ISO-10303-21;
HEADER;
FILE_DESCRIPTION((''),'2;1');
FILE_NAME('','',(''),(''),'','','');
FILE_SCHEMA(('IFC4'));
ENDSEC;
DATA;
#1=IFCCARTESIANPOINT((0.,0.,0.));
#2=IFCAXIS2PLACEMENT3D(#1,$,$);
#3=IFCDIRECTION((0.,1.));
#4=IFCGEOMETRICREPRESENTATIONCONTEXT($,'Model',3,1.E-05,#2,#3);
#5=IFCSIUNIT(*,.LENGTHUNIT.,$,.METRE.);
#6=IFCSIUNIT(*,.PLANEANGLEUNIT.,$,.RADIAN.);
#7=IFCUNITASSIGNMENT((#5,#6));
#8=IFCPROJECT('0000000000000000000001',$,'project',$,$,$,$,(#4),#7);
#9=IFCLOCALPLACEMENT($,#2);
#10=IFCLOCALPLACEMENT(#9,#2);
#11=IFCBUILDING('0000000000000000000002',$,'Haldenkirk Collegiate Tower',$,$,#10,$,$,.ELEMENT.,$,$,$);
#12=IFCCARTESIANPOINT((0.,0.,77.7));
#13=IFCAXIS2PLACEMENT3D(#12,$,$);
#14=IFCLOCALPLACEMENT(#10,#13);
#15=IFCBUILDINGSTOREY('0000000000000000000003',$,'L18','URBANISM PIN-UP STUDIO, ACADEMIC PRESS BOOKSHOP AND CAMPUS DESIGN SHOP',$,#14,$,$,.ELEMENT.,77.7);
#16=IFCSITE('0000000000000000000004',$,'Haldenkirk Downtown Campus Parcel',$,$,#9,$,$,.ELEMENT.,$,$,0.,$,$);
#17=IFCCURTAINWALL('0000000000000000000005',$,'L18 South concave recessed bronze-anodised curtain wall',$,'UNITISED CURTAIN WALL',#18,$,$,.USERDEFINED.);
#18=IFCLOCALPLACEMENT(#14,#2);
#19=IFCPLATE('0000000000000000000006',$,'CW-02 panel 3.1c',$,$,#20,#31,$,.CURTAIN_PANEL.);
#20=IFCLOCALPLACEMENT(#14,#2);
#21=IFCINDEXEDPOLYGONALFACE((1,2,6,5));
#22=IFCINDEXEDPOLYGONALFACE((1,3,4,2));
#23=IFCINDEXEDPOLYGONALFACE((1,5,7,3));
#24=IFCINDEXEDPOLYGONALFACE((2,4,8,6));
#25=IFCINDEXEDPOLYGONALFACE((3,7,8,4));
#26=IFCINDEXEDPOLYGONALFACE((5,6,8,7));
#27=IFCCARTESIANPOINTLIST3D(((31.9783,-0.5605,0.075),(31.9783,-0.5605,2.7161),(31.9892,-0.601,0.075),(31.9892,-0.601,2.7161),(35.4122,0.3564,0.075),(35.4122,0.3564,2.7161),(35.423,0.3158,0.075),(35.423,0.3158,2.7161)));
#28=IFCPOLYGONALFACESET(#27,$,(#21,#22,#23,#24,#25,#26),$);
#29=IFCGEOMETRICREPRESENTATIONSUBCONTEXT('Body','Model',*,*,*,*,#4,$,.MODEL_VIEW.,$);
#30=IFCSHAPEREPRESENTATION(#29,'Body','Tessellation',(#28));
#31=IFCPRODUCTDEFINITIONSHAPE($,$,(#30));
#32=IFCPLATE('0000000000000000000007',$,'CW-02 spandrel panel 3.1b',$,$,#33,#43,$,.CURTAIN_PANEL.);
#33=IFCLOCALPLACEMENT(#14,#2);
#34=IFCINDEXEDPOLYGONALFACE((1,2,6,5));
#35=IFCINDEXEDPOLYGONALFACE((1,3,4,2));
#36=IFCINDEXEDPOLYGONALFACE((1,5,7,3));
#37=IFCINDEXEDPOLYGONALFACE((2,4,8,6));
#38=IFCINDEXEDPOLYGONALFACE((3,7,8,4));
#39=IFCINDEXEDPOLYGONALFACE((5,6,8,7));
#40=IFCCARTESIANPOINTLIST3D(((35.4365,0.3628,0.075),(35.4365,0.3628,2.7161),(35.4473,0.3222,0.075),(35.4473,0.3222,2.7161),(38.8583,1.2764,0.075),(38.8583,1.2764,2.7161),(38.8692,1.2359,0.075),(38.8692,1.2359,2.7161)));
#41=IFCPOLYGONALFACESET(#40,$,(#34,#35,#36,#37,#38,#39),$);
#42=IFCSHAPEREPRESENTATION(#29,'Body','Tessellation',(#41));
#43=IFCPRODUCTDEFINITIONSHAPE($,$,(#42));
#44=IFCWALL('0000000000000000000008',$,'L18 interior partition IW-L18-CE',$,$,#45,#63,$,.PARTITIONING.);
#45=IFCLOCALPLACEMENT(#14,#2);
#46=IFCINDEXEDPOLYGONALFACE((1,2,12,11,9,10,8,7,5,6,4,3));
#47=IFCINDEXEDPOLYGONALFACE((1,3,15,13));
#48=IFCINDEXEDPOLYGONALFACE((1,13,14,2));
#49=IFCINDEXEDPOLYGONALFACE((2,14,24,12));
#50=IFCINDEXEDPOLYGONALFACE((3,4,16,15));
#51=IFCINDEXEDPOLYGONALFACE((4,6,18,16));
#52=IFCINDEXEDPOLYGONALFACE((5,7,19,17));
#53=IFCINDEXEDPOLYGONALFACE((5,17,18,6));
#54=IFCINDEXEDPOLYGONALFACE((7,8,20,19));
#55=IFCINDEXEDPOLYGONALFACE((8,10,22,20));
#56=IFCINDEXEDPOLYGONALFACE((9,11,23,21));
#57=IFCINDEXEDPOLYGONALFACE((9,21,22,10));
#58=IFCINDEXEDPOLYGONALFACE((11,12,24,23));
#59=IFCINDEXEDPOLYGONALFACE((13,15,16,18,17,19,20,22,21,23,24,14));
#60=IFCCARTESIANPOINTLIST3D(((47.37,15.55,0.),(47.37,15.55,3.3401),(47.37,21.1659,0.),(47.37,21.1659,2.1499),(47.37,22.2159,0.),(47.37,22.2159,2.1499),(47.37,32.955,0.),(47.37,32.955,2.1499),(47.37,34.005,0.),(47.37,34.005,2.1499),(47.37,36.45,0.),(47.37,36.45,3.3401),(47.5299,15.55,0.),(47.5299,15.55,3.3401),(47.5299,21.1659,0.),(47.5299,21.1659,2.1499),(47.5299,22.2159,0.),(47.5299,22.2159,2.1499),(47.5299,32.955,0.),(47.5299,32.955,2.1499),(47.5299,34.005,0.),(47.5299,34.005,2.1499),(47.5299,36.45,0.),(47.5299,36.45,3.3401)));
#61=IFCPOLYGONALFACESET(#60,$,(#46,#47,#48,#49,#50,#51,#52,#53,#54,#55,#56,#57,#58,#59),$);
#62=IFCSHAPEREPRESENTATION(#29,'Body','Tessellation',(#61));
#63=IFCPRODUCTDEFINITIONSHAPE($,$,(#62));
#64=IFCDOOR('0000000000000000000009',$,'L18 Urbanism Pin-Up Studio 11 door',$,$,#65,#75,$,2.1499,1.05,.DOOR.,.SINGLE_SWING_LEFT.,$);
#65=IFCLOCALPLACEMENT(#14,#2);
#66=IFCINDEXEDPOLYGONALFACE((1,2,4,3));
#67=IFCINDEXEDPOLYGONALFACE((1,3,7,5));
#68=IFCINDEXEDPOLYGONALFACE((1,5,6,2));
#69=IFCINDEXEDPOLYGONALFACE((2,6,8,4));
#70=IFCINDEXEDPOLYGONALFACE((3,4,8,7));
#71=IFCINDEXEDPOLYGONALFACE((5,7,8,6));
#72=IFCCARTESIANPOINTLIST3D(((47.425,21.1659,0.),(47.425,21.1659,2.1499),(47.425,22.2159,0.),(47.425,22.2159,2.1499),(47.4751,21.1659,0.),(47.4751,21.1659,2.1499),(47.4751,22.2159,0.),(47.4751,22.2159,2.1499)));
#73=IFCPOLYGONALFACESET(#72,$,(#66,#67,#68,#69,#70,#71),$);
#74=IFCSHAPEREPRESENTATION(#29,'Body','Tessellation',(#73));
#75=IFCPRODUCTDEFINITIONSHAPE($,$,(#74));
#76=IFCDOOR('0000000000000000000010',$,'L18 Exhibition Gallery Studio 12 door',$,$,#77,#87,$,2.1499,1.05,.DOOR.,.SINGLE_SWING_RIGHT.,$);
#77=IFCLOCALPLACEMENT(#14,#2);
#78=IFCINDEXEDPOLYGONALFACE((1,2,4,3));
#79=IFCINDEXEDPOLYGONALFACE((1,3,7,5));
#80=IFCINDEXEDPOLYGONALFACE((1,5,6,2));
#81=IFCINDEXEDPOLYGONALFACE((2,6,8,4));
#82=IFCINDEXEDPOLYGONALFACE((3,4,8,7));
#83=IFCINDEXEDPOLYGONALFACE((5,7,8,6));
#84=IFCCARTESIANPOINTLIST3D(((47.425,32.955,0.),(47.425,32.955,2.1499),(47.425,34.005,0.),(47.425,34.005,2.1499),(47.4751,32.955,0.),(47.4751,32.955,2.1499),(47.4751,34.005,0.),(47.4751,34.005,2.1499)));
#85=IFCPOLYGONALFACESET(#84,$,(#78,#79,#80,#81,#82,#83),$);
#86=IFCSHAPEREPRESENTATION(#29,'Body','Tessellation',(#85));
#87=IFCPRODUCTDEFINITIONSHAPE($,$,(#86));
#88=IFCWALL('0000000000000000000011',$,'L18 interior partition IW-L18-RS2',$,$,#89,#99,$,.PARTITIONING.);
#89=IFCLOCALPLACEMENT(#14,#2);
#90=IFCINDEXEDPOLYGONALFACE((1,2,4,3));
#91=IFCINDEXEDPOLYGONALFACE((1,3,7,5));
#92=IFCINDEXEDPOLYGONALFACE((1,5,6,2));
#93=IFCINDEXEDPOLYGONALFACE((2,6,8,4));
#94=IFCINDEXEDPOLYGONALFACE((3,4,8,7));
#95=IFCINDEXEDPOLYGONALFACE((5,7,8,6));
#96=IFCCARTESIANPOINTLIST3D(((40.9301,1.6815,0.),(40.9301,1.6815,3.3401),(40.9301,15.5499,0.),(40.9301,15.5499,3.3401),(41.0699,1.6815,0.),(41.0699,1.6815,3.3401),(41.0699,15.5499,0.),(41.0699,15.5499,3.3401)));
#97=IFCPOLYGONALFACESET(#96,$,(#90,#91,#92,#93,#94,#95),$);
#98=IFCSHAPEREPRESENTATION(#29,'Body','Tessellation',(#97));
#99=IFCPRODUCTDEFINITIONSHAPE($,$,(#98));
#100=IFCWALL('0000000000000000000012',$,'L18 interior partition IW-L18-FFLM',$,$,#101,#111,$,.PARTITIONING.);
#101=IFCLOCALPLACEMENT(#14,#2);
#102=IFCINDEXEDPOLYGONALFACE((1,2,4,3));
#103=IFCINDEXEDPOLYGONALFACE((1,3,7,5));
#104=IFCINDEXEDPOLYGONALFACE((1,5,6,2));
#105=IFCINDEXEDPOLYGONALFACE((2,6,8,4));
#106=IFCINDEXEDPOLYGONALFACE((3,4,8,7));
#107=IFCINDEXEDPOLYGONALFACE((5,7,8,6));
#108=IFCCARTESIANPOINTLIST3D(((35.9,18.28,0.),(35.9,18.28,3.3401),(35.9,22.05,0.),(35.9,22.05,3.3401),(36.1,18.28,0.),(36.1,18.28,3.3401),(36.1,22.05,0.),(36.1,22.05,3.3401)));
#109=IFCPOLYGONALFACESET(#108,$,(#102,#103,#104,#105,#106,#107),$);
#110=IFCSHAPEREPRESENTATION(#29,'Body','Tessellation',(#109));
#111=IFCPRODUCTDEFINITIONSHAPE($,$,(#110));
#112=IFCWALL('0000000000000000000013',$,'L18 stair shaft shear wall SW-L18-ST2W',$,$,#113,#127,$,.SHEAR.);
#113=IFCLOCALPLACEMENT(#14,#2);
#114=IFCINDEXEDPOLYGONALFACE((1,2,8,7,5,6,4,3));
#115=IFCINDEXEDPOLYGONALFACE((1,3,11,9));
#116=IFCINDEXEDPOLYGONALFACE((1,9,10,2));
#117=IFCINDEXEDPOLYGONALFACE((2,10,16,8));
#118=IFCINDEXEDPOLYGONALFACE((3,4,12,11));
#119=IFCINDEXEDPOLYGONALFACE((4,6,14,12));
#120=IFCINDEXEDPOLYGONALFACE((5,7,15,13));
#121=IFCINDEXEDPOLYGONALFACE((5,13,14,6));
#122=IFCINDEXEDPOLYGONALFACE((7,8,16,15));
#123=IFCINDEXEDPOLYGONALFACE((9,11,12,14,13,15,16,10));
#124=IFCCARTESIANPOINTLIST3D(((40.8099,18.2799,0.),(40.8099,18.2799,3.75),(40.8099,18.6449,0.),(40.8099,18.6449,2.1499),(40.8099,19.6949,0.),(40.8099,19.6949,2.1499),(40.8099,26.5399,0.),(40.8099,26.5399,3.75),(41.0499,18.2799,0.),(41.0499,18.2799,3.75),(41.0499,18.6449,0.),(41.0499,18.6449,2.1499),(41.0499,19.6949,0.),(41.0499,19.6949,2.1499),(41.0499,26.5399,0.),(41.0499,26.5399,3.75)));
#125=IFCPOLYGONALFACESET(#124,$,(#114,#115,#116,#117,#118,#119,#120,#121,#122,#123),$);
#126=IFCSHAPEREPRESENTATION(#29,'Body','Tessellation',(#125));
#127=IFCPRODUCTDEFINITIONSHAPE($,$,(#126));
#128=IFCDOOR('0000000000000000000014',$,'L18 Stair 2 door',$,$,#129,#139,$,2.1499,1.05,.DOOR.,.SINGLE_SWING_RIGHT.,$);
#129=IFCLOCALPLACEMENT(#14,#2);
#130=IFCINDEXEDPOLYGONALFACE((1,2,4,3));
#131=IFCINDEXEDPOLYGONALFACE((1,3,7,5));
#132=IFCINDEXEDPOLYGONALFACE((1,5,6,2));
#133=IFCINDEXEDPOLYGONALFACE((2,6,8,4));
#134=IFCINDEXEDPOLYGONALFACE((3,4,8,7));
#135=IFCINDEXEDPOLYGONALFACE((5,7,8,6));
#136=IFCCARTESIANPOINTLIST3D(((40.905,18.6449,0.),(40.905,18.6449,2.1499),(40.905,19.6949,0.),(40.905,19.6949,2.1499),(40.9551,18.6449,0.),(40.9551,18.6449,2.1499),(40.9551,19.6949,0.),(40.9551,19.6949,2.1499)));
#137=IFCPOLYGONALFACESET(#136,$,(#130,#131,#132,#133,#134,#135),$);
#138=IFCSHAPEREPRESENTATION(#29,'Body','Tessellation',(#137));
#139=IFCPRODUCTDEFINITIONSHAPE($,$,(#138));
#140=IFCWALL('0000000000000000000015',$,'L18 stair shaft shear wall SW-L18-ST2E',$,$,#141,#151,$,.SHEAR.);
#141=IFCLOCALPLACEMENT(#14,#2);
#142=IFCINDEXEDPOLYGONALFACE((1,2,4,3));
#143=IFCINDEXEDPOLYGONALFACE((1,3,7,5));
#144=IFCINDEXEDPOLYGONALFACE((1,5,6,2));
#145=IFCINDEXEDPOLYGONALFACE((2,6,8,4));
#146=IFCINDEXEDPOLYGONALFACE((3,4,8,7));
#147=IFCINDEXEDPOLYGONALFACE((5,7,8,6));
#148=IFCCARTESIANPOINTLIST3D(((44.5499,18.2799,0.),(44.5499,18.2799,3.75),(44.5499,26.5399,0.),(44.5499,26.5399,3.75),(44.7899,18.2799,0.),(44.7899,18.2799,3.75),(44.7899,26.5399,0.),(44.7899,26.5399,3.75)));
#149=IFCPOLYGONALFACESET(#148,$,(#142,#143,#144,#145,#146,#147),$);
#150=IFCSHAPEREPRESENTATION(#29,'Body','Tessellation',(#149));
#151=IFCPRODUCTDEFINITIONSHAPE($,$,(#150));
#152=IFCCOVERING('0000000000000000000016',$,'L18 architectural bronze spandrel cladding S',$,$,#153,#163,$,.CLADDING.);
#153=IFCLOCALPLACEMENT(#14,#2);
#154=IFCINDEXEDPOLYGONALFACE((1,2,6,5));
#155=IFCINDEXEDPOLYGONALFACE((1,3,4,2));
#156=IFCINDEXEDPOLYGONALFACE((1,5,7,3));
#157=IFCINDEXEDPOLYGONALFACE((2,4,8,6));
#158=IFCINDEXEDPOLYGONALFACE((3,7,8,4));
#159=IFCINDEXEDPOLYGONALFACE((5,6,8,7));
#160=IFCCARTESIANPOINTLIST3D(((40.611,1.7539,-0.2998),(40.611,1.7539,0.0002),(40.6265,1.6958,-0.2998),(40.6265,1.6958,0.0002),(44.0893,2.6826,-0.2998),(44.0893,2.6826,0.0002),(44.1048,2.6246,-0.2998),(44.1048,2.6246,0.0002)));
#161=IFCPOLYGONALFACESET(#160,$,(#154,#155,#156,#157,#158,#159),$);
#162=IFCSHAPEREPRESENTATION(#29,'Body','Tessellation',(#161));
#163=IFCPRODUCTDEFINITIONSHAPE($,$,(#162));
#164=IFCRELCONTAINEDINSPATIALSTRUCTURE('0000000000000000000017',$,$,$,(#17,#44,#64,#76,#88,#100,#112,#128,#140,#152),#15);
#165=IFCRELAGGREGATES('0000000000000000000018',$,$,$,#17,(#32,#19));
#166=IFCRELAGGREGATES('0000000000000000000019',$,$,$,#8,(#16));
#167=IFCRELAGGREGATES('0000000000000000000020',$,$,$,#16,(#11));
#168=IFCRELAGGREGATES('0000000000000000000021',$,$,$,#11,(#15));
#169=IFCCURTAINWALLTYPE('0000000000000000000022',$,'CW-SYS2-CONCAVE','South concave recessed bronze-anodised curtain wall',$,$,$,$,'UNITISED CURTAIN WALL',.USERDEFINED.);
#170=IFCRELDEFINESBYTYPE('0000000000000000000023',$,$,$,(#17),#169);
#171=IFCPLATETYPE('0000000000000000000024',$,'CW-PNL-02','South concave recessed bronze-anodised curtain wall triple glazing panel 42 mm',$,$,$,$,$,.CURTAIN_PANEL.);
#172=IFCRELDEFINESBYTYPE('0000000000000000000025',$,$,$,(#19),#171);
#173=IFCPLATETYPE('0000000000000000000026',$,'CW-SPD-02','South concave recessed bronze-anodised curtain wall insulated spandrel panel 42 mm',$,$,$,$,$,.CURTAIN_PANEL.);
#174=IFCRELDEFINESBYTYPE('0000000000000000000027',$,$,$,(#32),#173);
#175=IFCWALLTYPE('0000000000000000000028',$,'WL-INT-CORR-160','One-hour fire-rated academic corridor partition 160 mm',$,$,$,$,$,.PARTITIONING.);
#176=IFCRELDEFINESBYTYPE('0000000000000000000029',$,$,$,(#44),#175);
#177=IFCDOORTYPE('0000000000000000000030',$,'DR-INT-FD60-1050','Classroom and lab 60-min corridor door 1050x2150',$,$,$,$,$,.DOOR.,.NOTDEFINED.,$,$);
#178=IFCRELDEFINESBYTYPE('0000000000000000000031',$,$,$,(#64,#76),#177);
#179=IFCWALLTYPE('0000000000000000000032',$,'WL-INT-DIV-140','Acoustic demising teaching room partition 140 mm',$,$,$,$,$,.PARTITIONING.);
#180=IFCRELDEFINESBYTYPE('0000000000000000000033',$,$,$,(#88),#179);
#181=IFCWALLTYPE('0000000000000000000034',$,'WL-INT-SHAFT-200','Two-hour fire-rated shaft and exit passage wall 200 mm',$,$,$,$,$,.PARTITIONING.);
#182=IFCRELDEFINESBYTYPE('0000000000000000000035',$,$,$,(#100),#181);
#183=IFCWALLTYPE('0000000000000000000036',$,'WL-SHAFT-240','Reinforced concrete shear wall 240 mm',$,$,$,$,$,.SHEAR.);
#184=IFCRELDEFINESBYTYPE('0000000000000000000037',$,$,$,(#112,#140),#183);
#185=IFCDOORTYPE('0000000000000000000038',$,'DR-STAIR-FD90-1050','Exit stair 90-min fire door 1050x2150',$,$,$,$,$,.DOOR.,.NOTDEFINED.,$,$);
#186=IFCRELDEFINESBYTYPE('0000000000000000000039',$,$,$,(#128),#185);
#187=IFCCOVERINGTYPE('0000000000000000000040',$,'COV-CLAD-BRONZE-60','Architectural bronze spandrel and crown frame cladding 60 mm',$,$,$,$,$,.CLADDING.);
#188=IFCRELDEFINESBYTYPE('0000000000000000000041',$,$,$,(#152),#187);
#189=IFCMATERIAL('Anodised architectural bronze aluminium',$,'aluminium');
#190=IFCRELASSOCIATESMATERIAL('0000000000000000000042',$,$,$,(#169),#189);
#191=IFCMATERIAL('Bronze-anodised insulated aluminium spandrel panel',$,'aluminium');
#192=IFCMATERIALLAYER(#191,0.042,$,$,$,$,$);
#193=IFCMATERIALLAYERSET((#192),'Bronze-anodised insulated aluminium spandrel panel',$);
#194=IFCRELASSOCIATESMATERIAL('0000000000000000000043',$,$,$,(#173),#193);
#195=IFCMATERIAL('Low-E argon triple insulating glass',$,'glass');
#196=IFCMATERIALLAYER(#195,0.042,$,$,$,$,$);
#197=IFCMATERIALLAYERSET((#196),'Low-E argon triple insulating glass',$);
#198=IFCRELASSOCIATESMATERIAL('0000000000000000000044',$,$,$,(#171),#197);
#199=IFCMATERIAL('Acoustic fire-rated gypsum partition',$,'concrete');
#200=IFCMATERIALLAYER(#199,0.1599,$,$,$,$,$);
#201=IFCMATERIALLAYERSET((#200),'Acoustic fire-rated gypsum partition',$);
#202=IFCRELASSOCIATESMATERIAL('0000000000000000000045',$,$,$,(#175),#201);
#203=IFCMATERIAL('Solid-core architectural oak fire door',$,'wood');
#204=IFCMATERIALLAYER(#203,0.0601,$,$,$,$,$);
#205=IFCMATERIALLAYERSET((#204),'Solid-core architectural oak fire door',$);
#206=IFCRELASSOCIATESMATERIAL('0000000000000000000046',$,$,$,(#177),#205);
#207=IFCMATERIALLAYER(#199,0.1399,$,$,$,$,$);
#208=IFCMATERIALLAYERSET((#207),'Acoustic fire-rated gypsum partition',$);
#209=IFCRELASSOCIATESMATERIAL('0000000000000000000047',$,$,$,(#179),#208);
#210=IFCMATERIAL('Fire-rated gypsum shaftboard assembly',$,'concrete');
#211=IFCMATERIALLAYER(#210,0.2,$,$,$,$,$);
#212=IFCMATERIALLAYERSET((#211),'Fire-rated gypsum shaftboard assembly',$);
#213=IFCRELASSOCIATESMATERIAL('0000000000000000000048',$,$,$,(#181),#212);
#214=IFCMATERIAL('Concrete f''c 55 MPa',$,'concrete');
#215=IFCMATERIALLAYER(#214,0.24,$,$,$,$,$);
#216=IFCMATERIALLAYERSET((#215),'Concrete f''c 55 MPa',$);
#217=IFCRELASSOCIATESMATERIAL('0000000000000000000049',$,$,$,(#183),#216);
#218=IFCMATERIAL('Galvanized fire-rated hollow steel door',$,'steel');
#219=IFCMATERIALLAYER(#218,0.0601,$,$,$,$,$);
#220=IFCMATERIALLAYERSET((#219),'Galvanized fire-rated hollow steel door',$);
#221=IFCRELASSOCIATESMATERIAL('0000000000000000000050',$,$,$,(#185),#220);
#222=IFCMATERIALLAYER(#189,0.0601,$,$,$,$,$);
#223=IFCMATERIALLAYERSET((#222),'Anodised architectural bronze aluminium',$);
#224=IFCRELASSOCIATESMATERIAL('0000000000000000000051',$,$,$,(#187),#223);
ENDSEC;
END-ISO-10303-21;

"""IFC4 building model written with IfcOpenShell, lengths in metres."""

from ifc_helpers import new_model, si_unit, direction, frame, frame_2d, origin, origin_2d, place, context, subcontext, project, spatial, rectangle, extrude, source, transform, mapped, material, layer, layer_set, type_object, element, fill, aggregate, save


model = new_model("IFC4")

# Units and contexts
model_context = context("Model", 3, precision=1e-05, world=origin(), true_north=direction((0.0, 1.0)))
body_context = subcontext(model_context, "Body", "Model", "MODEL_VIEW")
ifc_project = project(units=[si_unit("LENGTHUNIT", "METRE"), si_unit("PLANEANGLEUNIT", "RADIAN")], contexts=[model_context])

# Site, building, storey
site_placement = place(None, origin())
site = spatial("IfcSite", under=ifc_project, at=site_placement, Name="Haldenkirk Downtown Campus Parcel", CompositionType="ELEMENT", RefElevation=0.0)
building_placement = place(site_placement, origin())
building = spatial("IfcBuilding", under=site, at=building_placement, Name="Haldenkirk Collegiate Tower", CompositionType="ELEMENT")
storey_placement = place(building_placement, frame((0.0, 0.0, 77.7)))
storey = spatial("IfcBuildingStorey", under=building, at=storey_placement, Name="L18", Description="URBANISM PIN-UP STUDIO, ACADEMIC PRESS BOOKSHOP AND CAMPUS DESIGN SHOP", CompositionType="ELEMENT", Elevation=77.7)

# Curtain wall, plates
ifc_material_1 = material(Name="Anodised architectural bronze aluminium", Category="aluminium")
curtain_wall_type = type_object("IfcCurtainWallType", Name="CW-SYS2-CONCAVE", Description="South concave recessed bronze-anodised curtain wall", ElementType="UNITISED CURTAIN WALL", PredefinedType="USERDEFINED", material=ifc_material_1)
curtain_wall_placement = place(storey_placement, origin())
curtain_wall = element("IfcCurtainWall", 1, at=curtain_wall_placement, inside=storey, type_object=curtain_wall_type, Name="L18 South concave recessed bronze-anodised curtain wall", ObjectType="UNITISED CURTAIN WALL", PredefinedType="USERDEFINED")
ifc_material_2 = material(Name="Bronze-anodised insulated aluminium spandrel panel", Category="aluminium")
ifc_layer_1 = layer(ifc_material_2, 0.042)
ifc_layer_set_1 = layer_set([ifc_layer_1], Name="Bronze-anodised insulated aluminium spandrel panel")
plate_type_1 = type_object("IfcPlateType", Name="CW-SPD-02", Description="South concave recessed bronze-anodised curtain wall insulated spandrel panel 42 mm", PredefinedType="CURTAIN_PANEL", material=ifc_layer_set_1)
shared_shape_1 = source(origin(), body_context, "Body", "SweptSolid", [
    extrude(rectangle(XDim=3.5542, YDim=0.042, at=origin_2d()), origin(), (0.0, 0.0, 1.0), 2.6411),
])
ifc_material_3 = material(Name="Low-E argon triple insulating glass", Category="glass")
ifc_layer_2 = layer(ifc_material_3, 0.042)
ifc_layer_set_2 = layer_set([ifc_layer_2], Name="Low-E argon triple insulating glass")
plate_type_2 = type_object("IfcPlateType", Name="CW-PNL-02", Description="South concave recessed bronze-anodised curtain wall triple glazing panel 42 mm", PredefinedType="CURTAIN_PANEL", material=ifc_layer_set_2)
plate_1_placement = place(storey_placement, frame((33.7007, -0.1223, 0.075), z_axis=(0.0, 0.0, 1.0), x_axis=(-0.966151, -0.257976, 0.0)))
plate_1 = element("IfcPlate", 2, at=plate_1_placement, type_object=plate_type_2, Name="CW-02 panel 3.1c", PredefinedType="CURTAIN_PANEL", context=body_context, shape_type="MappedRepresentation", body=[
    mapped(shared_shape_1, transform((0.0, 0.0, 0.0), x_axis=(1.0, 0.0, 0.0), y_axis=(0.0, 1.0, 0.0), z_axis=(0.0, 0.0, 1.0), scale=1.0)),
])
shared_shape_2 = source(origin(), body_context, "Body", "SweptSolid", [
    extrude(rectangle(XDim=3.5417, YDim=0.042, at=origin_2d()), origin(), (0.0, 0.0, 1.0), 2.6411),
])
plate_2_placement = place(storey_placement, frame((37.1528, 0.7993, 0.075), z_axis=(0.0, 0.0, 1.0), x_axis=(-0.966151, -0.257976, 0.0)))
plate_2 = element("IfcPlate", 3, at=plate_2_placement, type_object=plate_type_1, Name="CW-02 spandrel panel 3.1b", PredefinedType="CURTAIN_PANEL", context=body_context, shape_type="MappedRepresentation", body=[
    mapped(shared_shape_2, transform((0.0, 0.0, 0.0), x_axis=(1.0, 0.0, 0.0), y_axis=(0.0, 1.0, 0.0), z_axis=(0.0, 0.0, 1.0), scale=1.0)),
])
aggregate(curtain_wall, [plate_2, plate_1])

# Wall, openings, doors
ifc_material_4 = material(Name="Acoustic fire-rated gypsum partition", Category="concrete")
ifc_layer_3 = layer(ifc_material_4, 0.1599)
ifc_layer_set_3 = layer_set([ifc_layer_3], Name="Acoustic fire-rated gypsum partition")
wall_type_1 = type_object("IfcWallType", Name="WL-INT-CORR-160", Description="One-hour fire-rated academic corridor partition 160 mm", PredefinedType="PARTITIONING", material=ifc_layer_set_3)
wall_1_placement = place(storey_placement, frame((47.45, 15.55, 0.0), z_axis=(0.0, 0.0, 1.0), x_axis=(0.0, 1.0, 0.0)))
wall_1 = element("IfcWall", 4, at=wall_1_placement, inside=storey, type_object=wall_type_1, Name="L18 interior partition IW-L18-CE", PredefinedType="PARTITIONING", context=body_context, shape_type="SweptSolid", body=[
    extrude(rectangle(XDim=20.8999, YDim=0.1599, at=frame_2d((10.45, 0.0))), origin(), (0.0, 0.0, 1.0), 3.3401),
])
opening_1_placement = place(wall_1_placement, frame((5.616, 0.0, 0.0)))
opening_1 = element("IfcOpeningElement", 5, at=opening_1_placement, cuts=wall_1, PredefinedType="OPENING", context=body_context, shape_type="SweptSolid", body=[
    extrude(rectangle(XDim=1.05, YDim=2.1499, at=frame_2d((0.5249, 1.075))), frame((0.0, 0.0898, 0.0), z_axis=(0.0, -1.0, 0.0), x_axis=(1.0, 0.0, 0.0)), (0.0, 0.0, 1.0), 0.1799),
])
opening_2_placement = place(wall_1_placement, frame((17.405, 0.0, 0.0)))
opening_2 = element("IfcOpeningElement", 6, at=opening_2_placement, cuts=wall_1, PredefinedType="OPENING", context=body_context, shape_type="SweptSolid", body=[
    extrude(rectangle(XDim=1.05, YDim=2.1499, at=frame_2d((0.5249, 1.075))), frame((0.0, 0.0898, 0.0), z_axis=(0.0, -1.0, 0.0), x_axis=(1.0, 0.0, 0.0)), (0.0, 0.0, 1.0), 0.1799),
])
ifc_material_5 = material(Name="Solid-core architectural oak fire door", Category="wood")
ifc_layer_4 = layer(ifc_material_5, 0.0601)
ifc_layer_set_4 = layer_set([ifc_layer_4], Name="Solid-core architectural oak fire door")
door_type_1 = type_object("IfcDoorType", Name="DR-INT-FD60-1050", Description="Classroom and lab 60-min corridor door 1050x2150", OperationType="NOTDEFINED", PredefinedType="DOOR", material=ifc_layer_set_4)
door_1_placement = place(opening_1_placement, origin())
door_1 = element("IfcDoor", 7, at=door_1_placement, inside=storey, type_object=door_type_1, Name="L18 Urbanism Pin-Up Studio 11 door", OperationType="SINGLE_SWING_LEFT", OverallHeight=2.1499, OverallWidth=1.05, PredefinedType="DOOR", context=body_context, shape_type="SweptSolid", body=[
    extrude(rectangle(XDim=1.05, YDim=2.1499, at=frame_2d((0.5249, 1.075))), frame((0.0, 0.0249, 0.0), z_axis=(0.0, -1.0, 0.0), x_axis=(1.0, 0.0, 0.0)), (0.0, 0.0, 1.0), 0.05),
])
fill(opening_1, door_1)
door_2_placement = place(opening_2_placement, origin())
door_2 = element("IfcDoor", 8, at=door_2_placement, inside=storey, type_object=door_type_1, Name="L18 Exhibition Gallery Studio 12 door", OperationType="SINGLE_SWING_RIGHT", OverallHeight=2.1499, OverallWidth=1.05, PredefinedType="DOOR", context=body_context, shape_type="SweptSolid", body=[
    extrude(rectangle(XDim=1.05, YDim=2.1499, at=frame_2d((0.5249, 1.075))), frame((0.0, 0.0249, 0.0), z_axis=(0.0, -1.0, 0.0), x_axis=(1.0, 0.0, 0.0)), (0.0, 0.0, 1.0), 0.05),
])
fill(opening_2, door_2)

# Walls
ifc_layer_5 = layer(ifc_material_4, 0.1399)
ifc_layer_set_5 = layer_set([ifc_layer_5], Name="Acoustic fire-rated gypsum partition")
wall_type_2 = type_object("IfcWallType", Name="WL-INT-DIV-140", Description="Acoustic demising teaching room partition 140 mm", PredefinedType="PARTITIONING", material=ifc_layer_set_5)
wall_2_placement = place(storey_placement, frame((41.0, 1.6816, 0.0), z_axis=(0.0, 0.0, 1.0), x_axis=(0.0, 1.0, 0.0)))
element("IfcWall", 9, at=wall_2_placement, inside=storey, type_object=wall_type_2, Name="L18 interior partition IW-L18-RS2", PredefinedType="PARTITIONING", context=body_context, shape_type="SweptSolid", body=[
    extrude(rectangle(XDim=13.8684, YDim=0.1399, at=frame_2d((6.9341, 0.0))), origin(), (0.0, 0.0, 1.0), 3.3401),
])
ifc_material_6 = material(Name="Fire-rated gypsum shaftboard assembly", Category="concrete")
ifc_layer_6 = layer(ifc_material_6, 0.2)
ifc_layer_set_6 = layer_set([ifc_layer_6], Name="Fire-rated gypsum shaftboard assembly")
wall_type_3 = type_object("IfcWallType", Name="WL-INT-SHAFT-200", Description="Two-hour fire-rated shaft and exit passage wall 200 mm", PredefinedType="PARTITIONING", material=ifc_layer_set_6)
wall_3_placement = place(storey_placement, frame((36.0, 18.28, 0.0), z_axis=(0.0, 0.0, 1.0), x_axis=(0.0, 1.0, 0.0)))
element("IfcWall", 10, at=wall_3_placement, inside=storey, type_object=wall_type_3, Name="L18 interior partition IW-L18-FFLM", PredefinedType="PARTITIONING", context=body_context, shape_type="SweptSolid", body=[
    extrude(rectangle(XDim=3.77, YDim=0.2, at=frame_2d((1.885, 0.0))), origin(), (0.0, 0.0, 1.0), 3.3401),
])

# Wall, opening, door
ifc_material_7 = material(Name="Concrete f'c 55 MPa", Category="concrete")
ifc_layer_7 = layer(ifc_material_7, 0.24)
ifc_layer_set_7 = layer_set([ifc_layer_7], Name="Concrete f'c 55 MPa")
wall_type_4 = type_object("IfcWallType", Name="WL-SHAFT-240", Description="Reinforced concrete shear wall 240 mm", PredefinedType="SHEAR", material=ifc_layer_set_7)
wall_4_placement = place(storey_placement, frame((40.9299, 18.28, 0.0), z_axis=(0.0, 0.0, 1.0), x_axis=(0.0, 1.0, 0.0)))
wall_4 = element("IfcWall", 11, at=wall_4_placement, inside=storey, type_object=wall_type_4, Name="L18 stair shaft shear wall SW-L18-ST2W", PredefinedType="SHEAR", context=body_context, shape_type="SweptSolid", body=[
    extrude(rectangle(XDim=8.26, YDim=0.24, at=frame_2d((4.1299, 0.0))), origin(), (0.0, 0.0, 1.0), 3.75),
])
opening_3_placement = place(wall_4_placement, frame((0.365, 0.0, 0.0)))
opening_3 = element("IfcOpeningElement", 12, at=opening_3_placement, cuts=wall_4, PredefinedType="OPENING", context=body_context, shape_type="SweptSolid", body=[
    extrude(rectangle(XDim=1.05, YDim=2.1499, at=frame_2d((0.5249, 1.075))), frame((0.0, 0.1299, 0.0), z_axis=(0.0, -1.0, 0.0), x_axis=(1.0, 0.0, 0.0)), (0.0, 0.0, 1.0), 0.26),
])
ifc_material_8 = material(Name="Galvanized fire-rated hollow steel door", Category="steel")
ifc_layer_8 = layer(ifc_material_8, 0.0601)
ifc_layer_set_8 = layer_set([ifc_layer_8], Name="Galvanized fire-rated hollow steel door")
door_type_2 = type_object("IfcDoorType", Name="DR-STAIR-FD90-1050", Description="Exit stair 90-min fire door 1050x2150", OperationType="NOTDEFINED", PredefinedType="DOOR", material=ifc_layer_set_8)
door_3_placement = place(opening_3_placement, origin())
door_3 = element("IfcDoor", 13, at=door_3_placement, inside=storey, type_object=door_type_2, Name="L18 Stair 2 door", OperationType="SINGLE_SWING_RIGHT", OverallHeight=2.1499, OverallWidth=1.05, PredefinedType="DOOR", context=body_context, shape_type="SweptSolid", body=[
    extrude(rectangle(XDim=1.05, YDim=2.1499, at=frame_2d((0.5249, 1.075))), frame((0.0, 0.0249, 0.0), z_axis=(0.0, -1.0, 0.0), x_axis=(1.0, 0.0, 0.0)), (0.0, 0.0, 1.0), 0.05),
])
fill(opening_3, door_3)

# Wall
wall_5_placement = place(storey_placement, frame((44.6699, 18.28, 0.0), z_axis=(0.0, 0.0, 1.0), x_axis=(0.0, 1.0, 0.0)))
element("IfcWall", 14, at=wall_5_placement, inside=storey, type_object=wall_type_4, Name="L18 stair shaft shear wall SW-L18-ST2E", PredefinedType="SHEAR", context=body_context, shape_type="SweptSolid", body=[
    extrude(rectangle(XDim=8.26, YDim=0.24, at=frame_2d((4.1299, 0.0))), origin(), (0.0, 0.0, 1.0), 3.75),
])

# Covering
ifc_layer_9 = layer(ifc_material_1, 0.0601)
ifc_layer_set_9 = layer_set([ifc_layer_9], Name="Anodised architectural bronze aluminium")
covering_type = type_object("IfcCoveringType", Name="COV-CLAD-BRONZE-60", Description="Architectural bronze spandrel and crown frame cladding 60 mm", PredefinedType="CLADDING", material=ifc_layer_set_9)
shared_shape_3 = source(origin(), body_context, "Body", "SweptSolid", [
    extrude(rectangle(XDim=3.6001, YDim=0.0601, at=origin_2d()), origin(), (0.0, 0.0, 1.0), 0.3),
])
covering_placement = place(storey_placement, frame((42.3579, 2.1892, -0.2998), z_axis=(0.0, 0.0, 1.0), x_axis=(-0.966151, -0.257976, 0.0)))
element("IfcCovering", 15, at=covering_placement, inside=storey, type_object=covering_type, Name="L18 architectural bronze spandrel cladding S", PredefinedType="CLADDING", context=body_context, shape_type="MappedRepresentation", body=[
    mapped(shared_shape_3, transform((0.0, 0.0, 0.0), x_axis=(1.0, 0.0, 0.0), y_axis=(0.0, 1.0, 0.0), z_axis=(0.0, 0.0, 1.0), scale=1.0)),
])

save(model, "model.ifc")
